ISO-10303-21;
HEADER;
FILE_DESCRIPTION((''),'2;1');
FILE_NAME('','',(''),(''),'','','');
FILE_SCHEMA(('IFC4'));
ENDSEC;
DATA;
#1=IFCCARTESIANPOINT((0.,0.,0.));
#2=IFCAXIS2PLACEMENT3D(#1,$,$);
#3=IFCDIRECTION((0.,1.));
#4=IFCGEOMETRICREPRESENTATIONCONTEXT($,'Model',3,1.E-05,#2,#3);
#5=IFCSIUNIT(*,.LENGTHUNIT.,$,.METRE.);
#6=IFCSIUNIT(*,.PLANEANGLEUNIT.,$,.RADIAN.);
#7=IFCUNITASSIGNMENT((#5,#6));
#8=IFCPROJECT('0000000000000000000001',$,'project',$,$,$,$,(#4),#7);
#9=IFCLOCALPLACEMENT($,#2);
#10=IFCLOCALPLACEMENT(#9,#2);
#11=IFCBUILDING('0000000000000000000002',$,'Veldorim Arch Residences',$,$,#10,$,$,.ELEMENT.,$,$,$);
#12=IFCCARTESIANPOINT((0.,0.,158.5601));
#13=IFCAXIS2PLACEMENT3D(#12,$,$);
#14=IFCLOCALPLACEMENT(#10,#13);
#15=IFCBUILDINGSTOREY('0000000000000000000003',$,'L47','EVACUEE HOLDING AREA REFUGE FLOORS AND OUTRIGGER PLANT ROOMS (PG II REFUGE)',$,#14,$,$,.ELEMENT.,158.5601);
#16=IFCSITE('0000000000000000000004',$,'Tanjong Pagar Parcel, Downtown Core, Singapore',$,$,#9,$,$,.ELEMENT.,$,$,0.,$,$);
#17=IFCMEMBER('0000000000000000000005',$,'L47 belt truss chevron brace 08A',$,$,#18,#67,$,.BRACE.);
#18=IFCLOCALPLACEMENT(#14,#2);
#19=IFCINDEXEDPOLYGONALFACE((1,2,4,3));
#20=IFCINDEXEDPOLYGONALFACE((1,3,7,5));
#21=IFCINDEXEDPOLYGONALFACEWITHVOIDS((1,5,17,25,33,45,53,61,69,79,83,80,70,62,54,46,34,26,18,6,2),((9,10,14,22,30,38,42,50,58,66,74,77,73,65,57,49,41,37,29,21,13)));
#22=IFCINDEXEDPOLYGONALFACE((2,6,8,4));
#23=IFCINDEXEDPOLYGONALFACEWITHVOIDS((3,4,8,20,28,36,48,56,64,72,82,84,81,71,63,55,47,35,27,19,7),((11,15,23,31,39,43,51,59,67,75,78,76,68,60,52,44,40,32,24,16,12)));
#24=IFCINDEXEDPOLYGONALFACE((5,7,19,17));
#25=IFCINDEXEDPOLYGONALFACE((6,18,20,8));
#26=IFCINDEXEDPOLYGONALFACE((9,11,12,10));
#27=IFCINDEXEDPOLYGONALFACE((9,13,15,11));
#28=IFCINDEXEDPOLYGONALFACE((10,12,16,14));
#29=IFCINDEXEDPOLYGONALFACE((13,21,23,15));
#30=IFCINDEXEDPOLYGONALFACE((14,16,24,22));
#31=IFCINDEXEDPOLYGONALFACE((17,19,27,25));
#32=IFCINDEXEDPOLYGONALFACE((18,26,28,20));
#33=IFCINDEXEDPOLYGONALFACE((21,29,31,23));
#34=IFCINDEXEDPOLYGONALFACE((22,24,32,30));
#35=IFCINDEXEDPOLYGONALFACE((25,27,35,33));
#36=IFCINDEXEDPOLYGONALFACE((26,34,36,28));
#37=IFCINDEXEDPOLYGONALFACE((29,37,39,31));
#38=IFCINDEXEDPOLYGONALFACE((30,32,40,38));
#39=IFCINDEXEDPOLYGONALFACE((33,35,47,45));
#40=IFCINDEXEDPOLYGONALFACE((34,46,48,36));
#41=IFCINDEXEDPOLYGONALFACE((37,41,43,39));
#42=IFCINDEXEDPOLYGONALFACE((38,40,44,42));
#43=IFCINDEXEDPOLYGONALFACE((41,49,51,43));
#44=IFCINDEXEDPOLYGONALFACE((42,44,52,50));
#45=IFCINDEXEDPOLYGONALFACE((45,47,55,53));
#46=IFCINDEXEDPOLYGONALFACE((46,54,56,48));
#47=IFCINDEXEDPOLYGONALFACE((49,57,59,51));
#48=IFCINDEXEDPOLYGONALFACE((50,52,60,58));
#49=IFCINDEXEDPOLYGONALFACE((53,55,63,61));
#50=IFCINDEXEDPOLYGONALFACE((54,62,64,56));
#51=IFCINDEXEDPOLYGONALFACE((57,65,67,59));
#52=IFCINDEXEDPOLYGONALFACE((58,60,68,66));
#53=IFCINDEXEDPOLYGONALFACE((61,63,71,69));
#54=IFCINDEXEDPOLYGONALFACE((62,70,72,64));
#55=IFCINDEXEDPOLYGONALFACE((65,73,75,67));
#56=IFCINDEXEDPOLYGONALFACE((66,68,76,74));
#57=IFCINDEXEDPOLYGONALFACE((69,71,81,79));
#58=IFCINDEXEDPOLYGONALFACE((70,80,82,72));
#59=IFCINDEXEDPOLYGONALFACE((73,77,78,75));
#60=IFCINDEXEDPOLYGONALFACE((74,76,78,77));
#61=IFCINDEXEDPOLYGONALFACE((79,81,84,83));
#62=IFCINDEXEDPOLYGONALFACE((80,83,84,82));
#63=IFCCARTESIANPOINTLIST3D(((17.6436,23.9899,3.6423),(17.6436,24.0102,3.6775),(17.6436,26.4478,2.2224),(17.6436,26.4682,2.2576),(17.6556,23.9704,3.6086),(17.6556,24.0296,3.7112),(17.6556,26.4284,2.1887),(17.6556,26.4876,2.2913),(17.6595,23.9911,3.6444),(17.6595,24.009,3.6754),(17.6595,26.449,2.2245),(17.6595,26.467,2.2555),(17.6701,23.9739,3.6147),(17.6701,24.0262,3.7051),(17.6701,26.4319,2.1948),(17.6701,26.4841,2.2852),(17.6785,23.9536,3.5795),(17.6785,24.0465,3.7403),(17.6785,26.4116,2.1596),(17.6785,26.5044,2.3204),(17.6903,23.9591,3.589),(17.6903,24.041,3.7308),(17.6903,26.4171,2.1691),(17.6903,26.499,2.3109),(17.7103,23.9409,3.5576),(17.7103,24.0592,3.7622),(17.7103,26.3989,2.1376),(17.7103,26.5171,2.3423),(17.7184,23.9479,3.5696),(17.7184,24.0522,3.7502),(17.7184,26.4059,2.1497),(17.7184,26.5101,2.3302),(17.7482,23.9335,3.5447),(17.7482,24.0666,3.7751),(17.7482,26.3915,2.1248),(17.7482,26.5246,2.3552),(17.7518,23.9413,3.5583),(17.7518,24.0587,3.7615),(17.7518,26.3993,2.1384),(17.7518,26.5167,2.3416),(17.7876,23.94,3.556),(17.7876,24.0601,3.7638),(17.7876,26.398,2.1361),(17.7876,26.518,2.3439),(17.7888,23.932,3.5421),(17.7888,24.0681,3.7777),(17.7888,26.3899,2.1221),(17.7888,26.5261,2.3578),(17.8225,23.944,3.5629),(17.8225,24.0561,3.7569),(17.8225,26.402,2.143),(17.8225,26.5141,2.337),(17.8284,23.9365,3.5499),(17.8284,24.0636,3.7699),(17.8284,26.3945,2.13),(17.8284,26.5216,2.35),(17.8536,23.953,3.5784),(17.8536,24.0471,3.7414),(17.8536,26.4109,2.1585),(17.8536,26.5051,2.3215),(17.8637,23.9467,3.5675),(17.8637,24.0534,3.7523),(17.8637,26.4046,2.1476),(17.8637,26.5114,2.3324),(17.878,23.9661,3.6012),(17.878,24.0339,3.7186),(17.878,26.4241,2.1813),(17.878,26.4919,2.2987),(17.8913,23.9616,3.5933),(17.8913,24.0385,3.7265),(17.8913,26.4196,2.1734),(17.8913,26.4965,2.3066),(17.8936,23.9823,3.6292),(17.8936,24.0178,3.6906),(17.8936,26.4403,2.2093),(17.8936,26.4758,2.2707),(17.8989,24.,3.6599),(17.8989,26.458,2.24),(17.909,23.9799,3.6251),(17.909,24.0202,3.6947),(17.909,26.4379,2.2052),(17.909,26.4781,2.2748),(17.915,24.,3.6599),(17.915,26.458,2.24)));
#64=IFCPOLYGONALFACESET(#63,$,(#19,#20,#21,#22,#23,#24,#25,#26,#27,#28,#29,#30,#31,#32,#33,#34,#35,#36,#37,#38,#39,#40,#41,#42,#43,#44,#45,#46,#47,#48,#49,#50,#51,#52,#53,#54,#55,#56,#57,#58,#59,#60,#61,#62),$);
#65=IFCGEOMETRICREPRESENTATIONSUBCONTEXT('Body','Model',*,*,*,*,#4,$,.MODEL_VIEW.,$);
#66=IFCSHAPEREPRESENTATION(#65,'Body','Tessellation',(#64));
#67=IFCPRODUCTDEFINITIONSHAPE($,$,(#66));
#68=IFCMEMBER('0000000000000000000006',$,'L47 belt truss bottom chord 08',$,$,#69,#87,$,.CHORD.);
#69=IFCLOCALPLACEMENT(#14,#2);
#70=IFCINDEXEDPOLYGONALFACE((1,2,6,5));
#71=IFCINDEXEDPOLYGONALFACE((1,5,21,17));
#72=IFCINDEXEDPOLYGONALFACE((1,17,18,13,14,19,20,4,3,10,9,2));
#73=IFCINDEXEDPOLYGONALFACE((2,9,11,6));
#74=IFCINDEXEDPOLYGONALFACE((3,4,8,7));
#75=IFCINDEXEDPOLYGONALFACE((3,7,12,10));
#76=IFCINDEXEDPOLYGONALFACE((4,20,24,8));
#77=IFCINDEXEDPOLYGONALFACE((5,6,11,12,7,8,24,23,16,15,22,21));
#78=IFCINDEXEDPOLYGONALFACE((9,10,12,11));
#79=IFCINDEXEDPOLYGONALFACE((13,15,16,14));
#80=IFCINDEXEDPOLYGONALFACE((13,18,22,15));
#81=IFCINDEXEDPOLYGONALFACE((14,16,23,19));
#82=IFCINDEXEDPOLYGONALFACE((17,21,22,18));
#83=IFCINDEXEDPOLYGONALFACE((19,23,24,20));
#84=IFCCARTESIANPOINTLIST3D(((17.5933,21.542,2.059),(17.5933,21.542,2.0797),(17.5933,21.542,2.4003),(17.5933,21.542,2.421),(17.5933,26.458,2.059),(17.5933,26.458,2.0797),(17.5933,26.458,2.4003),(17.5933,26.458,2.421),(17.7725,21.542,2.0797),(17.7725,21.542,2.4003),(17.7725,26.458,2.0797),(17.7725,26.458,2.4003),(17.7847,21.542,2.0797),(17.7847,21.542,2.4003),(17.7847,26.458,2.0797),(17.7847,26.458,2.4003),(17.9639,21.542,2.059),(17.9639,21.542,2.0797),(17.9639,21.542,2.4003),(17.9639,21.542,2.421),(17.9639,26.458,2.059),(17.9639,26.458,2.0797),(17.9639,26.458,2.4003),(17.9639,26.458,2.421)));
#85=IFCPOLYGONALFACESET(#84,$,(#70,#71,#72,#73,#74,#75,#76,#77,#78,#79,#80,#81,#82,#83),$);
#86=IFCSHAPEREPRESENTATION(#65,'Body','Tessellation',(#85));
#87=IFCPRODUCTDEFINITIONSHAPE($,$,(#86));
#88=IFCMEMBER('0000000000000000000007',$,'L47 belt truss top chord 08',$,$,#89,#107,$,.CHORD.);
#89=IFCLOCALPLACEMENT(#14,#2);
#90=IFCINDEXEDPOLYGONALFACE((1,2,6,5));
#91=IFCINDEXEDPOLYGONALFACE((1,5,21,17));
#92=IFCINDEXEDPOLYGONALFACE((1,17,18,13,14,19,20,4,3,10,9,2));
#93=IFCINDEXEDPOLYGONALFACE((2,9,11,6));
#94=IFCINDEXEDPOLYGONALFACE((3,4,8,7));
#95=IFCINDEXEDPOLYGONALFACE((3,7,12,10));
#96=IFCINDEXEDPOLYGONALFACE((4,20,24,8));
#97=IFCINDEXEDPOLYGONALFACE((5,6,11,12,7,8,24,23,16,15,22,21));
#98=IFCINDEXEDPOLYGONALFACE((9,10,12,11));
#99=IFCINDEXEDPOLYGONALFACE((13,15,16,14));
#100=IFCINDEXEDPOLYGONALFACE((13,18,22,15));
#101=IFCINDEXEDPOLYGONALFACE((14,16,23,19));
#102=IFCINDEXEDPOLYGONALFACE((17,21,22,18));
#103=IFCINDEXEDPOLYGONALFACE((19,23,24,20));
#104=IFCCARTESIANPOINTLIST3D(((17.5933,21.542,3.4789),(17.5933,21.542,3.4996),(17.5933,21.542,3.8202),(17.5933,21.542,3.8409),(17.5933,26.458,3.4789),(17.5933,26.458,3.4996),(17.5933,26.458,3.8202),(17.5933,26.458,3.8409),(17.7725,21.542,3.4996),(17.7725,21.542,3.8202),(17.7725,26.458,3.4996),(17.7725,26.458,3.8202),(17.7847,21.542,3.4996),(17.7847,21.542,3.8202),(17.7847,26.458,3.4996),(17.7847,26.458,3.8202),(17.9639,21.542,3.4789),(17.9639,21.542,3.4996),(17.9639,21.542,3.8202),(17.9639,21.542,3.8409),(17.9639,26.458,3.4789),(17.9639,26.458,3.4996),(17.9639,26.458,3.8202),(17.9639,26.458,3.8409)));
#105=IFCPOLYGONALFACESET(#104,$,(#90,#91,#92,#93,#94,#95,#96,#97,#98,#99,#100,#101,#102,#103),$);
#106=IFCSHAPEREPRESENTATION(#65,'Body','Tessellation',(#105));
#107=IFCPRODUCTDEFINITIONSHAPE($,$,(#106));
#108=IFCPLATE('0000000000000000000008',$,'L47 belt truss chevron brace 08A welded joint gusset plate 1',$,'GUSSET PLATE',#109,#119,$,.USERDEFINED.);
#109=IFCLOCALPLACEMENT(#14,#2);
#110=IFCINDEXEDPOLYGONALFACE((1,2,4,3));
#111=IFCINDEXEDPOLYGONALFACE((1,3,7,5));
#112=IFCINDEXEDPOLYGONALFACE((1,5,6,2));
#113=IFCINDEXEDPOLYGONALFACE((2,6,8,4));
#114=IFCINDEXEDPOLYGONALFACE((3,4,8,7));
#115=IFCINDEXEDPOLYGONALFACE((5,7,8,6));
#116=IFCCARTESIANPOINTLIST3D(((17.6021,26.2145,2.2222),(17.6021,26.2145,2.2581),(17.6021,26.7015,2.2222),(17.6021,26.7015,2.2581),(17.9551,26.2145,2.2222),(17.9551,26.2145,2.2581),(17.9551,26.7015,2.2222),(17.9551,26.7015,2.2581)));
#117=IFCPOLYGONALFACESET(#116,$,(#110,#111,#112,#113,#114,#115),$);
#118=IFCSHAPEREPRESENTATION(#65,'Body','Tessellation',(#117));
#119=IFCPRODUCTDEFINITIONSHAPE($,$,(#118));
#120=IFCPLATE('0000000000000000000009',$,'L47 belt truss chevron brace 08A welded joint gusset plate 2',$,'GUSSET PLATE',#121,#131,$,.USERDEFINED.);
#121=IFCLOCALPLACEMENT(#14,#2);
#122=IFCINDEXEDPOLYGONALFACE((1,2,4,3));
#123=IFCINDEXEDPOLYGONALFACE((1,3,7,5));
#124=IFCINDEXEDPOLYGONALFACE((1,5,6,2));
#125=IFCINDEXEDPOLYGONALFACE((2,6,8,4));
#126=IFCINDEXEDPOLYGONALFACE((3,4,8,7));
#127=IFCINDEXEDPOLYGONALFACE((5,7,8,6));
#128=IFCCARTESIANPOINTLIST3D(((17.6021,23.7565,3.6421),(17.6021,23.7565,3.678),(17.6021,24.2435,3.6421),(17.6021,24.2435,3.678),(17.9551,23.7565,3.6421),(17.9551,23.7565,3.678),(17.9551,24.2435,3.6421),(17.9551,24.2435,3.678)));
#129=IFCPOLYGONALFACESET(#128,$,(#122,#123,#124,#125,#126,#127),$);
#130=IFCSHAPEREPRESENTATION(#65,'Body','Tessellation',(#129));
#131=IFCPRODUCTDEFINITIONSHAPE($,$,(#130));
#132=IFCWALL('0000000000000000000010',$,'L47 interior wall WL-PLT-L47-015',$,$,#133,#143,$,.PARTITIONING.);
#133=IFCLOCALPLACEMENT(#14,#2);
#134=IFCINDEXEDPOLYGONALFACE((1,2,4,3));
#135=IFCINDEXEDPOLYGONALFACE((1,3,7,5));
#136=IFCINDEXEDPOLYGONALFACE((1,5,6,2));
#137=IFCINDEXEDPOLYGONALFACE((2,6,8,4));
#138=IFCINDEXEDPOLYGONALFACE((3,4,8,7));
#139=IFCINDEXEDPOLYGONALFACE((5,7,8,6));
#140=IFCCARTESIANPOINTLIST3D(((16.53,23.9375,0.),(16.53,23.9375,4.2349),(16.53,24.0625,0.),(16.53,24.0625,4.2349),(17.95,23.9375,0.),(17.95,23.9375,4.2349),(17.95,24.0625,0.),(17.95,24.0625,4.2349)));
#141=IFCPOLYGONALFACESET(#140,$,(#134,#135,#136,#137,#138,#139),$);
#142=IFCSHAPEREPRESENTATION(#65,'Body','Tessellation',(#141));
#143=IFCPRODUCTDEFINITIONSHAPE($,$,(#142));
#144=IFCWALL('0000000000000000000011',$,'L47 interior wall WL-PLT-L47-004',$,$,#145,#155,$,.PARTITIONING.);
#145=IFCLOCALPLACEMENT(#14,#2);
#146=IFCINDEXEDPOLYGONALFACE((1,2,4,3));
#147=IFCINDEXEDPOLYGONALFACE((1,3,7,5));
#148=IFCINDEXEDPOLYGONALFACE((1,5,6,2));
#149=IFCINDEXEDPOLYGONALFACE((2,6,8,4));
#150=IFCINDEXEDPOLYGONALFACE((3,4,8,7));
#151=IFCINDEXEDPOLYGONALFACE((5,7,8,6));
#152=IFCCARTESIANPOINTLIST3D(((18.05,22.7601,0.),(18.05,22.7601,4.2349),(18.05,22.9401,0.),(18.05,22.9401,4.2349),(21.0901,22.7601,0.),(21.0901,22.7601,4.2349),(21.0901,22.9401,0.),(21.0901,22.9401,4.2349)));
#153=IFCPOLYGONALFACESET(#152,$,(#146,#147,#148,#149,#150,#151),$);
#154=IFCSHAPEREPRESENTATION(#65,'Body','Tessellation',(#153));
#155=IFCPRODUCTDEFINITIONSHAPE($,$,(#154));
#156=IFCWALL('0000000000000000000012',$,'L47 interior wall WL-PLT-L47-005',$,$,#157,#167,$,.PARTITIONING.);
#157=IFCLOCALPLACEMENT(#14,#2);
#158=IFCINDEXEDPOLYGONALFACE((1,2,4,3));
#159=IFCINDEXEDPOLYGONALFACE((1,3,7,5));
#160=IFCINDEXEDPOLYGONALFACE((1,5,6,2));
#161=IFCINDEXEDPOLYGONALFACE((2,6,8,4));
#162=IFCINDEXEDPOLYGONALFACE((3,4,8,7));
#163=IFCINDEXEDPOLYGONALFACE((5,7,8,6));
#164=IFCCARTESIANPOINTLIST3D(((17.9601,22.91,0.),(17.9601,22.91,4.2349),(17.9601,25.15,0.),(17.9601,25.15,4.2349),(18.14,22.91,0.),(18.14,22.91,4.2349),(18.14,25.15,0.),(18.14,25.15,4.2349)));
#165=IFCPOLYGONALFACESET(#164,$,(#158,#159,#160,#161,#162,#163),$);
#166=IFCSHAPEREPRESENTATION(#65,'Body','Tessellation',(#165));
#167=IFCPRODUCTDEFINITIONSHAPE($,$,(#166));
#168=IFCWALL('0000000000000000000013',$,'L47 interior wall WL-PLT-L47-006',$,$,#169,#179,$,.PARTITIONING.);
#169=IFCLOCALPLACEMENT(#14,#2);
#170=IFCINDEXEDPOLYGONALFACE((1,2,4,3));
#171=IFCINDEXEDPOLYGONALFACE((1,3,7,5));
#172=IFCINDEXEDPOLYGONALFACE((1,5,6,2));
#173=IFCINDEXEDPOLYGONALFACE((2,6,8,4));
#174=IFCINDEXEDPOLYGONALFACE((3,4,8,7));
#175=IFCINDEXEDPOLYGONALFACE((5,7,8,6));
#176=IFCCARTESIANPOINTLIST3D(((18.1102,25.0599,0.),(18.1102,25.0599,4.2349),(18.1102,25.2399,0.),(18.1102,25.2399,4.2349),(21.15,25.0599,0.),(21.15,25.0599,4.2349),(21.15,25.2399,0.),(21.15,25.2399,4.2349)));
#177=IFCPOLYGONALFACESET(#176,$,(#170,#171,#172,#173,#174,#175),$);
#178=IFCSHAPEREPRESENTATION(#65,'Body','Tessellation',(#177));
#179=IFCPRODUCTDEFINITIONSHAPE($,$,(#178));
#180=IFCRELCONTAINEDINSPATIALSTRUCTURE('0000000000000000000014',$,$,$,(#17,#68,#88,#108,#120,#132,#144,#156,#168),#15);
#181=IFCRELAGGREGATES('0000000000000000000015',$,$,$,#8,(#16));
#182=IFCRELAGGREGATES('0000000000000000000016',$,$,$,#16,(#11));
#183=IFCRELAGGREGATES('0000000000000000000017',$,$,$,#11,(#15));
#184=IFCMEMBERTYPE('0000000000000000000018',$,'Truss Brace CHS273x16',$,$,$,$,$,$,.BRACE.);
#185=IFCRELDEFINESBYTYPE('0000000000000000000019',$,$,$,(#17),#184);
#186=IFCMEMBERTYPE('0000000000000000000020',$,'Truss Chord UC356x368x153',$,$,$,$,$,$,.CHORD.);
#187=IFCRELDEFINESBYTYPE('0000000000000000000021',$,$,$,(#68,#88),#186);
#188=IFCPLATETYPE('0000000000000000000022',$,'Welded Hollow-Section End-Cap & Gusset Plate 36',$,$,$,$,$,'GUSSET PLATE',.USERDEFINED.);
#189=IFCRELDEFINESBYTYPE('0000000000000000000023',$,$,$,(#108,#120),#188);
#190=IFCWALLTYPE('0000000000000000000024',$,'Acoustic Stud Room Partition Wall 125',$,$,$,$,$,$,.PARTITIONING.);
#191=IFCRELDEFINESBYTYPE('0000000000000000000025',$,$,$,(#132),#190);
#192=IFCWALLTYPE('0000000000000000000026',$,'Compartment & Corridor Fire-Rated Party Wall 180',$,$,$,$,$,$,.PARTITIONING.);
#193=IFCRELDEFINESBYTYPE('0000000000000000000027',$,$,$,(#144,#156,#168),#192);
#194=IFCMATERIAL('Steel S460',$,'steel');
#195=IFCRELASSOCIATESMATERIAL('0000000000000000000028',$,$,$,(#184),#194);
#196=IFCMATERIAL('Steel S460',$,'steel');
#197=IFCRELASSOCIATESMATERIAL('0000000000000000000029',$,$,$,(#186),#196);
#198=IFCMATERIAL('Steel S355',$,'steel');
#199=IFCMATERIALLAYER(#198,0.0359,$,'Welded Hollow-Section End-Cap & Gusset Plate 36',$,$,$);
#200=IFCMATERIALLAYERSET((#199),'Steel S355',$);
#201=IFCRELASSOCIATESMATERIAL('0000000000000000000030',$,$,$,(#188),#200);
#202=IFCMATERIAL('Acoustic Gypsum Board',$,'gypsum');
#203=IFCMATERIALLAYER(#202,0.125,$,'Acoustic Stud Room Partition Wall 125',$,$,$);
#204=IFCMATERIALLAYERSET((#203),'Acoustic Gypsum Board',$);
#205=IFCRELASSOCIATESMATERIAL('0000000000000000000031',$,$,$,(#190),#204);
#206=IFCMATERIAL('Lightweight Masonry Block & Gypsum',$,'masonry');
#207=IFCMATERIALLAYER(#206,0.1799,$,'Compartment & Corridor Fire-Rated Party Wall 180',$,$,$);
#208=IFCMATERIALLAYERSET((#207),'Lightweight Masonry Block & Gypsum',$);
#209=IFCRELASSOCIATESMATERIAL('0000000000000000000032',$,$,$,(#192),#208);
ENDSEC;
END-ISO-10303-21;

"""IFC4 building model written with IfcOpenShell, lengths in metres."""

from ifc_helpers import new_model, si_unit, direction, frame, frame_2d, origin, origin_2d, place, context, subcontext, project, spatial, rectangle, hollow_circle, i_section, extrude, material, layer, layer_set, material_profile, profile_set, type_object, element, save


model = new_model("IFC4")

# Units and contexts
model_context = context("Model", 3, precision=1e-05, world=origin(), true_north=direction((0.0, 1.0)))
body_context = subcontext(model_context, "Body", "Model", "MODEL_VIEW")
ifc_project = project(units=[si_unit("LENGTHUNIT", "METRE"), si_unit("PLANEANGLEUNIT", "RADIAN")], contexts=[model_context])

# Site, building, storey
site_placement = place(None, origin())
site = spatial("IfcSite", under=ifc_project, at=site_placement, Name="Tanjong Pagar Parcel, Downtown Core, Singapore", CompositionType="ELEMENT", RefElevation=0.0)
building_placement = place(site_placement, origin())
building = spatial("IfcBuilding", under=site, at=building_placement, Name="Veldorim Arch Residences", CompositionType="ELEMENT")
storey_placement = place(building_placement, frame((0.0, 0.0, 158.5601)))
storey = spatial("IfcBuildingStorey", under=building, at=storey_placement, Name="L47", Description="EVACUEE HOLDING AREA REFUGE FLOORS AND OUTRIGGER PLANT ROOMS (PG II REFUGE)", CompositionType="ELEMENT", Elevation=158.5601)

# Members
ifc_material_1 = material(Name="Steel S460", Category="steel")
ifc_material_profile_1 = material_profile(ifc_material_1, hollow_circle(Radius=0.1365, WallThickness=0.0161, at=origin_2d()), Name="CHS273x16")
ifc_profile_set_1 = profile_set([ifc_material_profile_1], Name="Steel S460")
member_type_1 = type_object("IfcMemberType", Name="Truss Brace CHS273x16", PredefinedType="BRACE", material=ifc_profile_set_1)
member_placement = place(storey_placement, frame((17.7786, 26.458, 2.24), z_axis=(0.0, -0.865905, 0.500209), x_axis=(1.0, 0.0, 0.0)))
element("IfcMember", 1, at=member_placement, inside=storey, type_object=member_type_1, Name="L47 belt truss chevron brace 08A", PredefinedType="BRACE", context=body_context, shape_type="SweptSolid", body=[
    extrude(hollow_circle(Radius=0.1365, WallThickness=0.0161, at=origin_2d()), origin(), (0.0, 0.0, 1.0), 2.8386),
])
ifc_material_2 = material(Name="Steel S460", Category="steel")
ifc_material_profile_2 = material_profile(ifc_material_2, i_section(OverallWidth=0.3706, OverallDepth=0.3621, WebThickness=0.0122, FlangeThickness=0.0208, at=origin_2d()), Name="UC356x368x153")
ifc_profile_set_2 = profile_set([ifc_material_profile_2], Name="Steel S460")
member_type_2 = type_object("IfcMemberType", Name="Truss Chord UC356x368x153", PredefinedType="CHORD", material=ifc_profile_set_2)
for number, where, z_axis, x_axis, name in (
    (2, (17.7786, 26.458, 2.24), (0.0, -1.0, 0.0), (1.0, 0.0, 0.0), "L47 belt truss bottom chord 08"),
    (3, (17.7786, 26.458, 3.6599), (0.0, -1.0, 0.0), (1.0, 0.0, 0.0), "L47 belt truss top chord 08"),
):
    element("IfcMember", number, at=place(storey_placement, frame(where, z_axis=z_axis, x_axis=x_axis)), inside=storey, type_object=member_type_2, Name=name, PredefinedType="CHORD", context=body_context, shape_type="SweptSolid", body=[
        extrude(i_section(OverallWidth=0.3706, OverallDepth=0.3621, WebThickness=0.0122, FlangeThickness=0.0208, at=origin_2d()), origin(), (0.0, 0.0, 1.0), 4.916),
    ])

# Plates
ifc_material_3 = material(Name="Steel S355", Category="steel")
ifc_layer_1 = layer(ifc_material_3, 0.0359, Name="Welded Hollow-Section End-Cap & Gusset Plate 36")
ifc_layer_set_1 = layer_set([ifc_layer_1], Name="Steel S355")
plate_type = type_object("IfcPlateType", Name="Welded Hollow-Section End-Cap & Gusset Plate 36", ElementType="GUSSET PLATE", PredefinedType="USERDEFINED", material=ifc_layer_set_1)
for number, where, z_axis, x_axis, name in (
    (4, (17.7786, 26.458, 2.2222), (0.0, 0.0, 1.0), (0.0, -1.0, 0.0), "L47 belt truss chevron brace 08A welded joint gusset plate 1"),
    (5, (17.7786, 24.0, 3.6421), (0.0, 0.0, 1.0), (0.0, -1.0, 0.0), "L47 belt truss chevron brace 08A welded joint gusset plate 2"),
):
    element("IfcPlate", number, at=place(storey_placement, frame(where, z_axis=z_axis, x_axis=x_axis)), inside=storey, type_object=plate_type, Name=name, ObjectType="GUSSET PLATE", PredefinedType="USERDEFINED", context=body_context, shape_type="SweptSolid", body=[
        extrude(rectangle(XDim=0.4871, YDim=0.353, at=origin_2d()), origin(), (0.0, 0.0, 1.0), 0.0359),
    ])

# Walls
ifc_material_4 = material(Name="Acoustic Gypsum Board", Category="gypsum")
ifc_layer_2 = layer(ifc_material_4, 0.125, Name="Acoustic Stud Room Partition Wall 125")
ifc_layer_set_2 = layer_set([ifc_layer_2], Name="Acoustic Gypsum Board")
wall_type_1 = type_object("IfcWallType", Name="Acoustic Stud Room Partition Wall 125", PredefinedType="PARTITIONING", material=ifc_layer_set_2)
wall_1_placement = place(storey_placement, frame((16.53, 24.0, 0.0), z_axis=(0.0, 0.0, 1.0), x_axis=(1.0, 0.0, 0.0)))
element("IfcWall", 6, at=wall_1_placement, inside=storey, type_object=wall_type_1, Name="L47 interior wall WL-PLT-L47-015", PredefinedType="PARTITIONING", context=body_context, shape_type="SweptSolid", body=[
    extrude(rectangle(XDim=1.4199, YDim=0.125, at=frame_2d((0.71, 0.0))), origin(), (0.0, 0.0, 1.0), 4.2349),
])
ifc_material_5 = material(Name="Lightweight Masonry Block & Gypsum", Category="masonry")
ifc_layer_3 = layer(ifc_material_5, 0.1799, Name="Compartment & Corridor Fire-Rated Party Wall 180")
ifc_layer_set_3 = layer_set([ifc_layer_3], Name="Lightweight Masonry Block & Gypsum")
wall_type_2 = type_object("IfcWallType", Name="Compartment & Corridor Fire-Rated Party Wall 180", PredefinedType="PARTITIONING", material=ifc_layer_set_3)
wall_2_placement = place(storey_placement, frame((21.0901, 22.8501, 0.0), z_axis=(0.0, 0.0, 1.0), x_axis=(-1.0, 0.0, 0.0)))
element("IfcWall", 7, at=wall_2_placement, inside=storey, type_object=wall_type_2, Name="L47 interior wall WL-PLT-L47-004", PredefinedType="PARTITIONING", context=body_context, shape_type="SweptSolid", body=[
    extrude(rectangle(XDim=3.04, YDim=0.1799, at=frame_2d((1.52, 0.0))), origin(), (0.0, 0.0, 1.0), 4.2349),
])
wall_3_placement = place(storey_placement, frame((18.05, 22.9099, 0.0), z_axis=(0.0, 0.0, 1.0), x_axis=(0.0, 1.0, 0.0)))
element("IfcWall", 8, at=wall_3_placement, inside=storey, type_object=wall_type_2, Name="L47 interior wall WL-PLT-L47-005", PredefinedType="PARTITIONING", context=body_context, shape_type="SweptSolid", body=[
    extrude(rectangle(XDim=2.24, YDim=0.1799, at=frame_2d((1.1201, 0.0))), origin(), (0.0, 0.0, 1.0), 4.2349),
])
wall_4_placement = place(storey_placement, frame((18.1101, 25.1499, 0.0), z_axis=(0.0, 0.0, 1.0), x_axis=(1.0, 0.0, 0.0)))
element("IfcWall", 9, at=wall_4_placement, inside=storey, type_object=wall_type_2, Name="L47 interior wall WL-PLT-L47-006", PredefinedType="PARTITIONING", context=body_context, shape_type="SweptSolid", body=[
    extrude(rectangle(XDim=3.0398, YDim=0.1799, at=frame_2d((1.52, 0.0))), origin(), (0.0, 0.0, 1.0), 4.2349),
])

save(model, "model.ifc")
